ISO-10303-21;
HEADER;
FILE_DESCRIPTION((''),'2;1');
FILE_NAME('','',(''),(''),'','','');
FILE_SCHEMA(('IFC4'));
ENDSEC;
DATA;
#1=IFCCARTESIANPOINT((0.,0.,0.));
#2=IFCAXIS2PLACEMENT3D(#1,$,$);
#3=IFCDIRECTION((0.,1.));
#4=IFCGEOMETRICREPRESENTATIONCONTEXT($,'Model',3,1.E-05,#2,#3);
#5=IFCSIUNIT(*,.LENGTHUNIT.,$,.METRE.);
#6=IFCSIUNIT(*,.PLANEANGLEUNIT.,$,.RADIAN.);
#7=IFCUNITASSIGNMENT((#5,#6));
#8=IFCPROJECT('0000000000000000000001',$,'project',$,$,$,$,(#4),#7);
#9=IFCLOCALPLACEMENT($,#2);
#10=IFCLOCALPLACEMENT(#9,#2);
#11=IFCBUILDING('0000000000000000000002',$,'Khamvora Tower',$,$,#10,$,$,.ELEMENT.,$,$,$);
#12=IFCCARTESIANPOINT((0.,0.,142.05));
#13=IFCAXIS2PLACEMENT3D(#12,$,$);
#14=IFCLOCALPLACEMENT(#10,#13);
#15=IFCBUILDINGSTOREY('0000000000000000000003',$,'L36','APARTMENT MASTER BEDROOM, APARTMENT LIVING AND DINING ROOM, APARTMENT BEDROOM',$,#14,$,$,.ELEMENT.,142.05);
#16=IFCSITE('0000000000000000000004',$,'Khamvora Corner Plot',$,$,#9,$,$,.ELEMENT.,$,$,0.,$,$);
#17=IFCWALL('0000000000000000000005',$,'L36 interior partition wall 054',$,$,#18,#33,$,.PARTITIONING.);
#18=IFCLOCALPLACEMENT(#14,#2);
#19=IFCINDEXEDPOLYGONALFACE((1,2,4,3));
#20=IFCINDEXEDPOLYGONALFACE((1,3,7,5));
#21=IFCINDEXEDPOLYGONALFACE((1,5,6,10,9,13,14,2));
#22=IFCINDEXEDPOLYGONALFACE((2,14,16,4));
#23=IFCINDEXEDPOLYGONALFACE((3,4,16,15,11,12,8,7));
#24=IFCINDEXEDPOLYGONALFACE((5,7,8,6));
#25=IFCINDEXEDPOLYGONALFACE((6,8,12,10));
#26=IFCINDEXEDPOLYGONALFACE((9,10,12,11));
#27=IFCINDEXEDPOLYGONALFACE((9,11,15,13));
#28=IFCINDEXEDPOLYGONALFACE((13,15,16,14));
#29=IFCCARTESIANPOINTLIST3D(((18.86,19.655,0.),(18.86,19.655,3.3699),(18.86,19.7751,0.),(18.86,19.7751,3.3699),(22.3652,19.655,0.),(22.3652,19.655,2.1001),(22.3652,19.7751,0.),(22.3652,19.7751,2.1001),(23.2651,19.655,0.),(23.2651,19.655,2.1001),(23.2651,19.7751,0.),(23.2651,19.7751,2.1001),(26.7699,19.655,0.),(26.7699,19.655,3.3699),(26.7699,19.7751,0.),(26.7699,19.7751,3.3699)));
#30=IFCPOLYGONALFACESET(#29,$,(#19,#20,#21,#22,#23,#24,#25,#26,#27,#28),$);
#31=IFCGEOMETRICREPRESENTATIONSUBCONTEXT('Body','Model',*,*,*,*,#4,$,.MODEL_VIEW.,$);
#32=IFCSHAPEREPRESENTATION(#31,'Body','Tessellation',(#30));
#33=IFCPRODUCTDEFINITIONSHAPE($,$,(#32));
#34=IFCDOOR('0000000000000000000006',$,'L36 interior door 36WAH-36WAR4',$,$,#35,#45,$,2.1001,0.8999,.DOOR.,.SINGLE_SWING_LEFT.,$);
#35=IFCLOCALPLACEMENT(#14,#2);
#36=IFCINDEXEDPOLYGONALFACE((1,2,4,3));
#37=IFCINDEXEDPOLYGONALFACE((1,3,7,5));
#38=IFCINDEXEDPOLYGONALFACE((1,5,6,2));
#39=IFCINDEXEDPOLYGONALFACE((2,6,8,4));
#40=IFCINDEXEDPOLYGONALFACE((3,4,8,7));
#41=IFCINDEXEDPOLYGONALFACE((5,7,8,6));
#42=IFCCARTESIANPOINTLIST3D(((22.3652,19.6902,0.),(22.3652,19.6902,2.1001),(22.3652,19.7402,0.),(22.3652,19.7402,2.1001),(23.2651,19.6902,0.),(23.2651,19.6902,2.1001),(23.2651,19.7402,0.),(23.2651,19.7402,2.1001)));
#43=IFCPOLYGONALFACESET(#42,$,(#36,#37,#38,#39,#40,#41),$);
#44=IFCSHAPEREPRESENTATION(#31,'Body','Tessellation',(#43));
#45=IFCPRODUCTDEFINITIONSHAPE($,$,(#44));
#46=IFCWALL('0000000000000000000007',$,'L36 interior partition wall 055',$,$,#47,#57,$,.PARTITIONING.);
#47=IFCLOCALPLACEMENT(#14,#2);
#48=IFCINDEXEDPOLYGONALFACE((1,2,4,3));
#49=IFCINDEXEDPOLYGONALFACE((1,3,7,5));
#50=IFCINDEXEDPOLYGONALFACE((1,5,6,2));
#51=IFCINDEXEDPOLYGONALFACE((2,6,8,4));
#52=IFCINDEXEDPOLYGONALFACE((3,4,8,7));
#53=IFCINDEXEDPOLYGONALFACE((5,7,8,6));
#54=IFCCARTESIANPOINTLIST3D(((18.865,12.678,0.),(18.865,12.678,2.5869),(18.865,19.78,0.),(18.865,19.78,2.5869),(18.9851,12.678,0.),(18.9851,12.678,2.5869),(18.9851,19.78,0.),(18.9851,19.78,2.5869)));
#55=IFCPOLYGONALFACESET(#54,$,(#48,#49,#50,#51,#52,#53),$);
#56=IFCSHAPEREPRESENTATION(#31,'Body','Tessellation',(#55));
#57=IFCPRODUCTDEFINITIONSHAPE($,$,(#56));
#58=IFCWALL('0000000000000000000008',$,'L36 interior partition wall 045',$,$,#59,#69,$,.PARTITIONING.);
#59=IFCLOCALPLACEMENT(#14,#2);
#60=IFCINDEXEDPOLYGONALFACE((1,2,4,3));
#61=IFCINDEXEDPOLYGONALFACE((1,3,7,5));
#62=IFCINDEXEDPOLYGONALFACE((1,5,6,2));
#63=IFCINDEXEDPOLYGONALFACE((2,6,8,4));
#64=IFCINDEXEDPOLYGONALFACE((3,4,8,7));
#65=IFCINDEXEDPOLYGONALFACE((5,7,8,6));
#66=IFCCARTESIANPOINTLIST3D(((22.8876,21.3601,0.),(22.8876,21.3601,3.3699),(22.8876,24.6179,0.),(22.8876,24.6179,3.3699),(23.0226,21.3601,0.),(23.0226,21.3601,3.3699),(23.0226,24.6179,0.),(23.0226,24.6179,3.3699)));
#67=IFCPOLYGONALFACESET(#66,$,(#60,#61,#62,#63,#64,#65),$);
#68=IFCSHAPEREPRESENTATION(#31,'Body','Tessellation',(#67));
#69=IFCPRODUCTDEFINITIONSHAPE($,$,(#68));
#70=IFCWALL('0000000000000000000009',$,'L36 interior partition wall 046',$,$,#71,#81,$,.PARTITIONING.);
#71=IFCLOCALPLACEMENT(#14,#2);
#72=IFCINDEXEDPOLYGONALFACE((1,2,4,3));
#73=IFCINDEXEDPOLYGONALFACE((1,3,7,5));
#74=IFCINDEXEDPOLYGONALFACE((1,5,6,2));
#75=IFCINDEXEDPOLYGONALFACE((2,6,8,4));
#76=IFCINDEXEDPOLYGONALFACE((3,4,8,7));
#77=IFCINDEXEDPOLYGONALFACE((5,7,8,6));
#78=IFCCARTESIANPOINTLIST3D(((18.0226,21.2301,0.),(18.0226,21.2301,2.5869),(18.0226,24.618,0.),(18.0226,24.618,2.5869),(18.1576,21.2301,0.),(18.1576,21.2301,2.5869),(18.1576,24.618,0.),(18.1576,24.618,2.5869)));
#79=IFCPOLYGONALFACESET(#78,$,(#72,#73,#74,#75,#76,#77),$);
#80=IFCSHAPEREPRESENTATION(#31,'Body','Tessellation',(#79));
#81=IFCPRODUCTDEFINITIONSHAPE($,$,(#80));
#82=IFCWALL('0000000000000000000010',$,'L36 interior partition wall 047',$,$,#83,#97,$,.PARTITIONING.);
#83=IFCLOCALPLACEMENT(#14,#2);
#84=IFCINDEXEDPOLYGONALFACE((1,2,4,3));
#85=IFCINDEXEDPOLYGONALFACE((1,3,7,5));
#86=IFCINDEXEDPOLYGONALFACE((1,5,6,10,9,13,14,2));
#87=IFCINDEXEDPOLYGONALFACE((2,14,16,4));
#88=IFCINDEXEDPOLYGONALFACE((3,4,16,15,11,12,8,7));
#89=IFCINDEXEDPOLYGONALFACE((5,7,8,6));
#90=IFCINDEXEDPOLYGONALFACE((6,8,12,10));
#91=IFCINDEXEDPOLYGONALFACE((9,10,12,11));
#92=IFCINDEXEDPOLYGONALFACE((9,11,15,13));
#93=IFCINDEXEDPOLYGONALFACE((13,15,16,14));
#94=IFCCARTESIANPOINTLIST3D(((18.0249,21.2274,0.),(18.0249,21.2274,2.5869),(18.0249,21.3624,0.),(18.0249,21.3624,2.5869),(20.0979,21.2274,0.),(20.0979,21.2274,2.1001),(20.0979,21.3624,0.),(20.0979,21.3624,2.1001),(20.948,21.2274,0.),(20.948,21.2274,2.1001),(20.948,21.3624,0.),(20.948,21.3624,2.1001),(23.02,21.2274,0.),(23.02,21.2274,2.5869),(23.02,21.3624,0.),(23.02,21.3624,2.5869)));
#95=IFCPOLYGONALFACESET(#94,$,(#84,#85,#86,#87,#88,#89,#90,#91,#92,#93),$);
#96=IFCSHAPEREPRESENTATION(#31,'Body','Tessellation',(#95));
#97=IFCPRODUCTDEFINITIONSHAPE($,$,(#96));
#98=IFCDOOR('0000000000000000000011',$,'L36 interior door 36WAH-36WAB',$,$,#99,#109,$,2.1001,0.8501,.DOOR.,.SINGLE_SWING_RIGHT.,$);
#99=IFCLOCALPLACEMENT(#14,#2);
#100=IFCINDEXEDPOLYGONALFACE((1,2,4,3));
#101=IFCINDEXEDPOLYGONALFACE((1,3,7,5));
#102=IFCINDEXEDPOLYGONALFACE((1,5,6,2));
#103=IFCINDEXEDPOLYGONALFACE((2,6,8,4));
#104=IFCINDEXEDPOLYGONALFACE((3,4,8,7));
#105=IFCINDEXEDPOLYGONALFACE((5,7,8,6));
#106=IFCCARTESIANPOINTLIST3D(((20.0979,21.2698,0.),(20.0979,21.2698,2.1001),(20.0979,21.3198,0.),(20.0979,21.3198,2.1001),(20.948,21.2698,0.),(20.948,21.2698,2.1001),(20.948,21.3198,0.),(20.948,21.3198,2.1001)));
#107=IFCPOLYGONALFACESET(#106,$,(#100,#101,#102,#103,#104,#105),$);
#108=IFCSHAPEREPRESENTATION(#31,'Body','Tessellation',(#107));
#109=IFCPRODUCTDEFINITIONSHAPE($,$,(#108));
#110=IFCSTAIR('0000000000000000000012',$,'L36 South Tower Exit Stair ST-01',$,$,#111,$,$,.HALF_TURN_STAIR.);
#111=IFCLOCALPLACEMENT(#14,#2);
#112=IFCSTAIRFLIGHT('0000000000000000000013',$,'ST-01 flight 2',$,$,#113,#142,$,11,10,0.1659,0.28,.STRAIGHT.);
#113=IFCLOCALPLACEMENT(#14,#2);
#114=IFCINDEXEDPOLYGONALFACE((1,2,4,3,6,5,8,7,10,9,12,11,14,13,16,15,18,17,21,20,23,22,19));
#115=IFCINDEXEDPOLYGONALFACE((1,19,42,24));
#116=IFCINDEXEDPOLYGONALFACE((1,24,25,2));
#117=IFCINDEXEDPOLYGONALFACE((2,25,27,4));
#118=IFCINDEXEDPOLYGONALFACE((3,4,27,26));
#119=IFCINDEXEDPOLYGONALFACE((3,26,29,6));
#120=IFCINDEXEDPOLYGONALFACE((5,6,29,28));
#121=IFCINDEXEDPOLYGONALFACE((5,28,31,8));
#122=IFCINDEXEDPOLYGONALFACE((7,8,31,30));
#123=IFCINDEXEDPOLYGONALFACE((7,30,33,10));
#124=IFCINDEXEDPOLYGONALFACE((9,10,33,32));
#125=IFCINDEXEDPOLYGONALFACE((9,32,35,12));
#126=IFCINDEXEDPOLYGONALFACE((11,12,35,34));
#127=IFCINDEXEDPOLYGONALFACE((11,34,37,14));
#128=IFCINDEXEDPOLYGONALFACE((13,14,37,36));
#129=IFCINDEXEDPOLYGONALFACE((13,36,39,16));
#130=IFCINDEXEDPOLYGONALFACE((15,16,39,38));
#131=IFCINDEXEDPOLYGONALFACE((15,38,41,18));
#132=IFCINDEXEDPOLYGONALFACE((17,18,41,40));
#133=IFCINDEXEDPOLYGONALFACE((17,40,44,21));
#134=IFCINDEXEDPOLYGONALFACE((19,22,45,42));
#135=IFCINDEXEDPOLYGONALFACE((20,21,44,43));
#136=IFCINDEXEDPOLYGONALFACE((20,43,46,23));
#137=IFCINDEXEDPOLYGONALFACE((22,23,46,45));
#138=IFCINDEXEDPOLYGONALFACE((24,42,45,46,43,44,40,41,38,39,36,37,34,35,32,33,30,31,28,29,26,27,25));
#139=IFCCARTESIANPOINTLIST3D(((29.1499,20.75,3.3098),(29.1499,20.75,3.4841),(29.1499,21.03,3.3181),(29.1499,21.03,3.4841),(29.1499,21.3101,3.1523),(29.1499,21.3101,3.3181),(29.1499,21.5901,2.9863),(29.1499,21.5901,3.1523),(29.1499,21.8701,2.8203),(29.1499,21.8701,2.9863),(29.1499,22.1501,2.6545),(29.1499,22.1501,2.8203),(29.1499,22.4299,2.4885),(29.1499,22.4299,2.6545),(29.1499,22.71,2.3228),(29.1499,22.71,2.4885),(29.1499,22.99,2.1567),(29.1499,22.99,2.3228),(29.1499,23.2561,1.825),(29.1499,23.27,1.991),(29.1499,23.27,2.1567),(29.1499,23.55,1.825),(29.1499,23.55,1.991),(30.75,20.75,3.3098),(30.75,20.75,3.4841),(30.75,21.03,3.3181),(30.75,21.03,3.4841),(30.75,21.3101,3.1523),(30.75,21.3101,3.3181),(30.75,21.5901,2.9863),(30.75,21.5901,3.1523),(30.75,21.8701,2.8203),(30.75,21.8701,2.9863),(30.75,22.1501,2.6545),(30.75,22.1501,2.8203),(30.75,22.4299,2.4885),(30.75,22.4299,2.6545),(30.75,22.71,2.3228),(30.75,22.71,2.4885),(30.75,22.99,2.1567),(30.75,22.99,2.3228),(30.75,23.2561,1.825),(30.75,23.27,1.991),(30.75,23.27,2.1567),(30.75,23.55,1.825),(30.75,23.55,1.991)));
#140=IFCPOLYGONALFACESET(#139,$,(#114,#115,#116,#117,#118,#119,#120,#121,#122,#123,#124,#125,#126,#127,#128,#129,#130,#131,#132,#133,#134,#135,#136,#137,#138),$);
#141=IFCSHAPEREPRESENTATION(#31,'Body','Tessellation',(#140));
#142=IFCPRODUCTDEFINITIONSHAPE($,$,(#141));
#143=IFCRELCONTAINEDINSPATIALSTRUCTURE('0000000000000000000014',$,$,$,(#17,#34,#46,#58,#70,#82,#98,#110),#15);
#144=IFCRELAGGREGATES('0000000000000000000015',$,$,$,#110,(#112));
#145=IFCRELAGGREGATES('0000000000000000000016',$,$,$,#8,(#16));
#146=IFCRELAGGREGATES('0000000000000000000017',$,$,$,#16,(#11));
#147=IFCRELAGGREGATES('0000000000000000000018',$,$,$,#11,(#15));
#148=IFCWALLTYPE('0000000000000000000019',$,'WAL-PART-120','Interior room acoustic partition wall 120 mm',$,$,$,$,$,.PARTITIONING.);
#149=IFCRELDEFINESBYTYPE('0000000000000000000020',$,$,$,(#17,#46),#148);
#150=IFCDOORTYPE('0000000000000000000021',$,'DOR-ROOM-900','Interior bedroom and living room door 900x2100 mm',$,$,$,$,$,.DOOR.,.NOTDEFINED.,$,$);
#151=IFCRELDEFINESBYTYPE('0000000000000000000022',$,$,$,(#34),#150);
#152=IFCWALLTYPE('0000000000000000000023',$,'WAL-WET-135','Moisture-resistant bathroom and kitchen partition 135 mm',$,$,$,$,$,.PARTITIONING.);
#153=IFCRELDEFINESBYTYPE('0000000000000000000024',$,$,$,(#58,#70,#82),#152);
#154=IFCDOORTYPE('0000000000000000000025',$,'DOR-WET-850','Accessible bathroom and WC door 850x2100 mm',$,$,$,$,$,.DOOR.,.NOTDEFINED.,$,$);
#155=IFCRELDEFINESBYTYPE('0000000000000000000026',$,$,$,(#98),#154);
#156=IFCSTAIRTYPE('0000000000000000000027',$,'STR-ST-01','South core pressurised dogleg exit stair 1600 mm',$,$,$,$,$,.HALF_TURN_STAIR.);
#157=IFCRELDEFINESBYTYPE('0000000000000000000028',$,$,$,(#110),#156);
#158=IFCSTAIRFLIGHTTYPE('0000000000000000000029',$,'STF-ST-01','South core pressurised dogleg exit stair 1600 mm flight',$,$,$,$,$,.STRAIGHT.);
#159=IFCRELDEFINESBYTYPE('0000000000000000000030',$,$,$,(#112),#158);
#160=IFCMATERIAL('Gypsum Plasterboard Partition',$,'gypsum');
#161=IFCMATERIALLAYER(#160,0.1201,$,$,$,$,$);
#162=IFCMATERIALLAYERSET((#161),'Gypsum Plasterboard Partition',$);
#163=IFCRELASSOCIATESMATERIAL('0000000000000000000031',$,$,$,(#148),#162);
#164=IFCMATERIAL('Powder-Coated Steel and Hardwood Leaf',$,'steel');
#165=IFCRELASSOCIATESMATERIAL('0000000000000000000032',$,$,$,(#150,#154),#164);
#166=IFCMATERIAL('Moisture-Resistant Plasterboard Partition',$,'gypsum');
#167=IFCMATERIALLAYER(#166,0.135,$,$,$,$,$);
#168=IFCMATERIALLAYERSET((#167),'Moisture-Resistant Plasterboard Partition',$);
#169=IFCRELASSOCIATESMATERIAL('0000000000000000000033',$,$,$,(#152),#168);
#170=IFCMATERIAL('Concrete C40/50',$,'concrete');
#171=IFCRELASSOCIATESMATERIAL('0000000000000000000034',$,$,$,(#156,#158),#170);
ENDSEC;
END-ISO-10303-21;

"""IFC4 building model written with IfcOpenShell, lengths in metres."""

from ifc_helpers import new_model, si_unit, direction, frame, frame_2d, origin, place, context, subcontext, project, spatial, polyline, rectangle, outline, extrude, material, layer, layer_set, type_object, element, fill, aggregate, save


model = new_model("IFC4")

# Units and contexts
model_context = context("Model", 3, precision=1e-05, world=origin(), true_north=direction((0.0, 1.0)))
body_context = subcontext(model_context, "Body", "Model", "MODEL_VIEW")
ifc_project = project(units=[si_unit("LENGTHUNIT", "METRE"), si_unit("PLANEANGLEUNIT", "RADIAN")], contexts=[model_context])

# Site, building, storey
site_placement = place(None, origin())
site = spatial("IfcSite", under=ifc_project, at=site_placement, Name="Khamvora Corner Plot", CompositionType="ELEMENT", RefElevation=0.0)
building_placement = place(site_placement, origin())
building = spatial("IfcBuilding", under=site, at=building_placement, Name="Khamvora Tower", CompositionType="ELEMENT")
storey_placement = place(building_placement, frame((0.0, 0.0, 142.05)))
storey = spatial("IfcBuildingStorey", under=building, at=storey_placement, Name="L36", Description="APARTMENT MASTER BEDROOM, APARTMENT LIVING AND DINING ROOM, APARTMENT BEDROOM", CompositionType="ELEMENT", Elevation=142.05)

# Shared definitions
ifc_material_1 = material(Name="Powder-Coated Steel and Hardwood Leaf", Category="steel")

# Wall, opening, door
ifc_material_2 = material(Name="Gypsum Plasterboard Partition", Category="gypsum")
ifc_layer_1 = layer(ifc_material_2, 0.1201)
ifc_layer_set_1 = layer_set([ifc_layer_1], Name="Gypsum Plasterboard Partition")
wall_type_1 = type_object("IfcWallType", Name="WAL-PART-120", Description="Interior room acoustic partition wall 120 mm", PredefinedType="PARTITIONING", material=ifc_layer_set_1)
door_type_1 = type_object("IfcDoorType", Name="DOR-ROOM-900", Description="Interior bedroom and living room door 900x2100 mm", OperationType="NOTDEFINED", PredefinedType="DOOR", material=ifc_material_1)
wall_1_placement = place(storey_placement, frame((26.77, 19.7151, 0.0), z_axis=(0.0, 0.0, 1.0), x_axis=(-1.0, 0.0, 0.0)))
wall_1 = element("IfcWall", 1, at=wall_1_placement, inside=storey, type_object=wall_type_1, Name="L36 interior partition wall 054", PredefinedType="PARTITIONING", context=body_context, shape_type="SweptSolid", body=[
    extrude(rectangle(XDim=7.9099, YDim=0.1201, at=frame_2d((3.9551, 0.0))), origin(), (0.0, 0.0, 1.0), 3.3699),
])
opening_1_placement = place(wall_1_placement, frame((3.5049, 0.0, 0.0)))
opening_1 = element("IfcOpeningElement", 2, at=opening_1_placement, cuts=wall_1, PredefinedType="OPENING", context=body_context, shape_type="SweptSolid", body=[
    extrude(rectangle(XDim=0.8999, YDim=2.1001, at=frame_2d((0.45, 1.05))), frame((0.0, 0.0701, 0.0), z_axis=(0.0, -1.0, 0.0), x_axis=(1.0, 0.0, 0.0)), (0.0, 0.0, 1.0), 0.1401),
])
door_1_placement = place(opening_1_placement, origin())
door_1 = element("IfcDoor", 3, at=door_1_placement, inside=storey, type_object=door_type_1, Name="L36 interior door 36WAH-36WAR4", OperationType="SINGLE_SWING_LEFT", OverallHeight=2.1001, OverallWidth=0.8999, PredefinedType="DOOR", context=body_context, shape_type="SweptSolid", body=[
    extrude(rectangle(XDim=0.8999, YDim=2.1001, at=frame_2d((0.45, 1.05))), frame((0.0, 0.0249, 0.0), z_axis=(0.0, -1.0, 0.0), x_axis=(1.0, 0.0, 0.0)), (0.0, 0.0, 1.0), 0.05),
])
fill(opening_1, door_1)

# Walls
wall_2_placement = place(storey_placement, frame((18.925, 19.78, 0.0), z_axis=(0.0, 0.0, 1.0), x_axis=(0.0, -1.0, 0.0)))
element("IfcWall", 4, at=wall_2_placement, inside=storey, type_object=wall_type_1, Name="L36 interior partition wall 055", PredefinedType="PARTITIONING", context=body_context, shape_type="SweptSolid", body=[
    extrude(rectangle(XDim=7.1021, YDim=0.1201, at=frame_2d((3.551, 0.0))), origin(), (0.0, 0.0, 1.0), 2.5869),
])
ifc_material_3 = material(Name="Moisture-Resistant Plasterboard Partition", Category="gypsum")
ifc_layer_2 = layer(ifc_material_3, 0.135)
ifc_layer_set_2 = layer_set([ifc_layer_2], Name="Moisture-Resistant Plasterboard Partition")
wall_type_2 = type_object("IfcWallType", Name="WAL-WET-135", Description="Moisture-resistant bathroom and kitchen partition 135 mm", PredefinedType="PARTITIONING", material=ifc_layer_set_2)
wall_3_placement = place(storey_placement, frame((22.9551, 21.3601, 0.0), z_axis=(0.0, 0.0, 1.0), x_axis=(0.0, 1.0, 0.0)))
element("IfcWall", 5, at=wall_3_placement, inside=storey, type_object=wall_type_2, Name="L36 interior partition wall 045", PredefinedType="PARTITIONING", context=body_context, shape_type="SweptSolid", body=[
    extrude(rectangle(XDim=3.2578, YDim=0.135, at=frame_2d((1.6289, 0.0))), origin(), (0.0, 0.0, 1.0), 3.3699),
])
wall_4_placement = place(storey_placement, frame((18.0901, 24.6179, 0.0), z_axis=(0.0, 0.0, 1.0), x_axis=(0.0, -1.0, 0.0)))
element("IfcWall", 6, at=wall_4_placement, inside=storey, type_object=wall_type_2, Name="L36 interior partition wall 046", PredefinedType="PARTITIONING", context=body_context, shape_type="SweptSolid", body=[
    extrude(rectangle(XDim=3.3879, YDim=0.135, at=frame_2d((1.6938, 0.0))), origin(), (0.0, 0.0, 1.0), 2.5869),
])

# Wall, opening, door
wall_5_placement = place(storey_placement, frame((18.0249, 21.2949, 0.0), z_axis=(0.0, 0.0, 1.0), x_axis=(1.0, 0.0, 0.0)))
wall_5 = element("IfcWall", 7, at=wall_5_placement, inside=storey, type_object=wall_type_2, Name="L36 interior partition wall 047", PredefinedType="PARTITIONING", context=body_context, shape_type="SweptSolid", body=[
    extrude(rectangle(XDim=4.9951, YDim=0.135, at=frame_2d((2.4976, 0.0))), origin(), (0.0, 0.0, 1.0), 2.5869),
])
opening_2_placement = place(wall_5_placement, frame((2.073, 0.0, 0.0)))
opening_2 = element("IfcOpeningElement", 8, at=opening_2_placement, cuts=wall_5, PredefinedType="OPENING", context=body_context, shape_type="SweptSolid", body=[
    extrude(rectangle(XDim=0.8501, YDim=2.1001, at=frame_2d((0.425, 1.05))), frame((0.0, 0.0774, 0.0), z_axis=(0.0, -1.0, 0.0), x_axis=(1.0, 0.0, 0.0)), (0.0, 0.0, 1.0), 0.155),
])
door_type_2 = type_object("IfcDoorType", Name="DOR-WET-850", Description="Accessible bathroom and WC door 850x2100 mm", OperationType="NOTDEFINED", PredefinedType="DOOR", material=ifc_material_1)
door_2_placement = place(opening_2_placement, origin())
door_2 = element("IfcDoor", 9, at=door_2_placement, inside=storey, type_object=door_type_2, Name="L36 interior door 36WAH-36WAB", OperationType="SINGLE_SWING_RIGHT", OverallHeight=2.1001, OverallWidth=0.8501, PredefinedType="DOOR", context=body_context, shape_type="SweptSolid", body=[
    extrude(rectangle(XDim=0.8501, YDim=2.1001, at=frame_2d((0.425, 1.05))), frame((0.0, 0.0249, 0.0), z_axis=(0.0, -1.0, 0.0), x_axis=(1.0, 0.0, 0.0)), (0.0, 0.0, 1.0), 0.05),
])
fill(opening_2, door_2)

# Stair, stair flight
ifc_material_4 = material(Name="Concrete C40/50", Category="concrete")
stair_type = type_object("IfcStairType", Name="STR-ST-01", Description="South core pressurised dogleg exit stair 1600 mm", PredefinedType="HALF_TURN_STAIR", material=ifc_material_4)
stair_placement = place(storey_placement, origin())
stair = element("IfcStair", 10, at=stair_placement, inside=storey, type_object=stair_type, Name="L36 South Tower Exit Stair ST-01", PredefinedType="HALF_TURN_STAIR")
stair_flight_type = type_object("IfcStairFlightType", Name="STF-ST-01", Description="South core pressurised dogleg exit stair 1600 mm flight", PredefinedType="STRAIGHT", material=ifc_material_4)
stair_flight_placement = place(storey_placement, frame((29.95, 23.55, 1.825), z_axis=(0.0, 0.0, 1.0), x_axis=(0.0, -1.0, 0.0)))
stair_flight = element("IfcStairFlight", 11, at=stair_flight_placement, type_object=stair_flight_type, Name="ST-01 flight 2", NumberOfRisers=11, NumberOfTreads=10, PredefinedType="STRAIGHT", RiserHeight=0.1659, TreadLength=0.28, context=body_context, shape_type="SweptSolid", body=[
    extrude(outline(polyline([(0.0, 0.0), (0.0, 0.166), (0.28, 0.166), (0.28, 0.3318), (0.5601, 0.3318), (0.5601, 0.4978), (0.8401, 0.4978), (0.8401, 0.6636), (1.1201, 0.6636), (1.1201, 0.8296), (1.3999, 0.8296), (1.3999, 0.9954), (1.6799, 0.9954), (1.6799, 1.1614), (1.96, 1.1614), (1.96, 1.3274), (2.24, 1.3274), (2.24, 1.4932), (2.52, 1.4932), (2.52, 1.6592), (2.8, 1.6592), (2.8, 1.825), (2.8, 1.4849), (0.2939, 0.0), (0.0, 0.0)])), frame((0.0, 0.8, 0.0), z_axis=(0.0, -1.0, 0.0), x_axis=(1.0, 0.0, 0.0)), (0.0, 0.0, 1.0), 1.6001),
])
aggregate(stair, [stair_flight])

save(model, "model.ifc")
